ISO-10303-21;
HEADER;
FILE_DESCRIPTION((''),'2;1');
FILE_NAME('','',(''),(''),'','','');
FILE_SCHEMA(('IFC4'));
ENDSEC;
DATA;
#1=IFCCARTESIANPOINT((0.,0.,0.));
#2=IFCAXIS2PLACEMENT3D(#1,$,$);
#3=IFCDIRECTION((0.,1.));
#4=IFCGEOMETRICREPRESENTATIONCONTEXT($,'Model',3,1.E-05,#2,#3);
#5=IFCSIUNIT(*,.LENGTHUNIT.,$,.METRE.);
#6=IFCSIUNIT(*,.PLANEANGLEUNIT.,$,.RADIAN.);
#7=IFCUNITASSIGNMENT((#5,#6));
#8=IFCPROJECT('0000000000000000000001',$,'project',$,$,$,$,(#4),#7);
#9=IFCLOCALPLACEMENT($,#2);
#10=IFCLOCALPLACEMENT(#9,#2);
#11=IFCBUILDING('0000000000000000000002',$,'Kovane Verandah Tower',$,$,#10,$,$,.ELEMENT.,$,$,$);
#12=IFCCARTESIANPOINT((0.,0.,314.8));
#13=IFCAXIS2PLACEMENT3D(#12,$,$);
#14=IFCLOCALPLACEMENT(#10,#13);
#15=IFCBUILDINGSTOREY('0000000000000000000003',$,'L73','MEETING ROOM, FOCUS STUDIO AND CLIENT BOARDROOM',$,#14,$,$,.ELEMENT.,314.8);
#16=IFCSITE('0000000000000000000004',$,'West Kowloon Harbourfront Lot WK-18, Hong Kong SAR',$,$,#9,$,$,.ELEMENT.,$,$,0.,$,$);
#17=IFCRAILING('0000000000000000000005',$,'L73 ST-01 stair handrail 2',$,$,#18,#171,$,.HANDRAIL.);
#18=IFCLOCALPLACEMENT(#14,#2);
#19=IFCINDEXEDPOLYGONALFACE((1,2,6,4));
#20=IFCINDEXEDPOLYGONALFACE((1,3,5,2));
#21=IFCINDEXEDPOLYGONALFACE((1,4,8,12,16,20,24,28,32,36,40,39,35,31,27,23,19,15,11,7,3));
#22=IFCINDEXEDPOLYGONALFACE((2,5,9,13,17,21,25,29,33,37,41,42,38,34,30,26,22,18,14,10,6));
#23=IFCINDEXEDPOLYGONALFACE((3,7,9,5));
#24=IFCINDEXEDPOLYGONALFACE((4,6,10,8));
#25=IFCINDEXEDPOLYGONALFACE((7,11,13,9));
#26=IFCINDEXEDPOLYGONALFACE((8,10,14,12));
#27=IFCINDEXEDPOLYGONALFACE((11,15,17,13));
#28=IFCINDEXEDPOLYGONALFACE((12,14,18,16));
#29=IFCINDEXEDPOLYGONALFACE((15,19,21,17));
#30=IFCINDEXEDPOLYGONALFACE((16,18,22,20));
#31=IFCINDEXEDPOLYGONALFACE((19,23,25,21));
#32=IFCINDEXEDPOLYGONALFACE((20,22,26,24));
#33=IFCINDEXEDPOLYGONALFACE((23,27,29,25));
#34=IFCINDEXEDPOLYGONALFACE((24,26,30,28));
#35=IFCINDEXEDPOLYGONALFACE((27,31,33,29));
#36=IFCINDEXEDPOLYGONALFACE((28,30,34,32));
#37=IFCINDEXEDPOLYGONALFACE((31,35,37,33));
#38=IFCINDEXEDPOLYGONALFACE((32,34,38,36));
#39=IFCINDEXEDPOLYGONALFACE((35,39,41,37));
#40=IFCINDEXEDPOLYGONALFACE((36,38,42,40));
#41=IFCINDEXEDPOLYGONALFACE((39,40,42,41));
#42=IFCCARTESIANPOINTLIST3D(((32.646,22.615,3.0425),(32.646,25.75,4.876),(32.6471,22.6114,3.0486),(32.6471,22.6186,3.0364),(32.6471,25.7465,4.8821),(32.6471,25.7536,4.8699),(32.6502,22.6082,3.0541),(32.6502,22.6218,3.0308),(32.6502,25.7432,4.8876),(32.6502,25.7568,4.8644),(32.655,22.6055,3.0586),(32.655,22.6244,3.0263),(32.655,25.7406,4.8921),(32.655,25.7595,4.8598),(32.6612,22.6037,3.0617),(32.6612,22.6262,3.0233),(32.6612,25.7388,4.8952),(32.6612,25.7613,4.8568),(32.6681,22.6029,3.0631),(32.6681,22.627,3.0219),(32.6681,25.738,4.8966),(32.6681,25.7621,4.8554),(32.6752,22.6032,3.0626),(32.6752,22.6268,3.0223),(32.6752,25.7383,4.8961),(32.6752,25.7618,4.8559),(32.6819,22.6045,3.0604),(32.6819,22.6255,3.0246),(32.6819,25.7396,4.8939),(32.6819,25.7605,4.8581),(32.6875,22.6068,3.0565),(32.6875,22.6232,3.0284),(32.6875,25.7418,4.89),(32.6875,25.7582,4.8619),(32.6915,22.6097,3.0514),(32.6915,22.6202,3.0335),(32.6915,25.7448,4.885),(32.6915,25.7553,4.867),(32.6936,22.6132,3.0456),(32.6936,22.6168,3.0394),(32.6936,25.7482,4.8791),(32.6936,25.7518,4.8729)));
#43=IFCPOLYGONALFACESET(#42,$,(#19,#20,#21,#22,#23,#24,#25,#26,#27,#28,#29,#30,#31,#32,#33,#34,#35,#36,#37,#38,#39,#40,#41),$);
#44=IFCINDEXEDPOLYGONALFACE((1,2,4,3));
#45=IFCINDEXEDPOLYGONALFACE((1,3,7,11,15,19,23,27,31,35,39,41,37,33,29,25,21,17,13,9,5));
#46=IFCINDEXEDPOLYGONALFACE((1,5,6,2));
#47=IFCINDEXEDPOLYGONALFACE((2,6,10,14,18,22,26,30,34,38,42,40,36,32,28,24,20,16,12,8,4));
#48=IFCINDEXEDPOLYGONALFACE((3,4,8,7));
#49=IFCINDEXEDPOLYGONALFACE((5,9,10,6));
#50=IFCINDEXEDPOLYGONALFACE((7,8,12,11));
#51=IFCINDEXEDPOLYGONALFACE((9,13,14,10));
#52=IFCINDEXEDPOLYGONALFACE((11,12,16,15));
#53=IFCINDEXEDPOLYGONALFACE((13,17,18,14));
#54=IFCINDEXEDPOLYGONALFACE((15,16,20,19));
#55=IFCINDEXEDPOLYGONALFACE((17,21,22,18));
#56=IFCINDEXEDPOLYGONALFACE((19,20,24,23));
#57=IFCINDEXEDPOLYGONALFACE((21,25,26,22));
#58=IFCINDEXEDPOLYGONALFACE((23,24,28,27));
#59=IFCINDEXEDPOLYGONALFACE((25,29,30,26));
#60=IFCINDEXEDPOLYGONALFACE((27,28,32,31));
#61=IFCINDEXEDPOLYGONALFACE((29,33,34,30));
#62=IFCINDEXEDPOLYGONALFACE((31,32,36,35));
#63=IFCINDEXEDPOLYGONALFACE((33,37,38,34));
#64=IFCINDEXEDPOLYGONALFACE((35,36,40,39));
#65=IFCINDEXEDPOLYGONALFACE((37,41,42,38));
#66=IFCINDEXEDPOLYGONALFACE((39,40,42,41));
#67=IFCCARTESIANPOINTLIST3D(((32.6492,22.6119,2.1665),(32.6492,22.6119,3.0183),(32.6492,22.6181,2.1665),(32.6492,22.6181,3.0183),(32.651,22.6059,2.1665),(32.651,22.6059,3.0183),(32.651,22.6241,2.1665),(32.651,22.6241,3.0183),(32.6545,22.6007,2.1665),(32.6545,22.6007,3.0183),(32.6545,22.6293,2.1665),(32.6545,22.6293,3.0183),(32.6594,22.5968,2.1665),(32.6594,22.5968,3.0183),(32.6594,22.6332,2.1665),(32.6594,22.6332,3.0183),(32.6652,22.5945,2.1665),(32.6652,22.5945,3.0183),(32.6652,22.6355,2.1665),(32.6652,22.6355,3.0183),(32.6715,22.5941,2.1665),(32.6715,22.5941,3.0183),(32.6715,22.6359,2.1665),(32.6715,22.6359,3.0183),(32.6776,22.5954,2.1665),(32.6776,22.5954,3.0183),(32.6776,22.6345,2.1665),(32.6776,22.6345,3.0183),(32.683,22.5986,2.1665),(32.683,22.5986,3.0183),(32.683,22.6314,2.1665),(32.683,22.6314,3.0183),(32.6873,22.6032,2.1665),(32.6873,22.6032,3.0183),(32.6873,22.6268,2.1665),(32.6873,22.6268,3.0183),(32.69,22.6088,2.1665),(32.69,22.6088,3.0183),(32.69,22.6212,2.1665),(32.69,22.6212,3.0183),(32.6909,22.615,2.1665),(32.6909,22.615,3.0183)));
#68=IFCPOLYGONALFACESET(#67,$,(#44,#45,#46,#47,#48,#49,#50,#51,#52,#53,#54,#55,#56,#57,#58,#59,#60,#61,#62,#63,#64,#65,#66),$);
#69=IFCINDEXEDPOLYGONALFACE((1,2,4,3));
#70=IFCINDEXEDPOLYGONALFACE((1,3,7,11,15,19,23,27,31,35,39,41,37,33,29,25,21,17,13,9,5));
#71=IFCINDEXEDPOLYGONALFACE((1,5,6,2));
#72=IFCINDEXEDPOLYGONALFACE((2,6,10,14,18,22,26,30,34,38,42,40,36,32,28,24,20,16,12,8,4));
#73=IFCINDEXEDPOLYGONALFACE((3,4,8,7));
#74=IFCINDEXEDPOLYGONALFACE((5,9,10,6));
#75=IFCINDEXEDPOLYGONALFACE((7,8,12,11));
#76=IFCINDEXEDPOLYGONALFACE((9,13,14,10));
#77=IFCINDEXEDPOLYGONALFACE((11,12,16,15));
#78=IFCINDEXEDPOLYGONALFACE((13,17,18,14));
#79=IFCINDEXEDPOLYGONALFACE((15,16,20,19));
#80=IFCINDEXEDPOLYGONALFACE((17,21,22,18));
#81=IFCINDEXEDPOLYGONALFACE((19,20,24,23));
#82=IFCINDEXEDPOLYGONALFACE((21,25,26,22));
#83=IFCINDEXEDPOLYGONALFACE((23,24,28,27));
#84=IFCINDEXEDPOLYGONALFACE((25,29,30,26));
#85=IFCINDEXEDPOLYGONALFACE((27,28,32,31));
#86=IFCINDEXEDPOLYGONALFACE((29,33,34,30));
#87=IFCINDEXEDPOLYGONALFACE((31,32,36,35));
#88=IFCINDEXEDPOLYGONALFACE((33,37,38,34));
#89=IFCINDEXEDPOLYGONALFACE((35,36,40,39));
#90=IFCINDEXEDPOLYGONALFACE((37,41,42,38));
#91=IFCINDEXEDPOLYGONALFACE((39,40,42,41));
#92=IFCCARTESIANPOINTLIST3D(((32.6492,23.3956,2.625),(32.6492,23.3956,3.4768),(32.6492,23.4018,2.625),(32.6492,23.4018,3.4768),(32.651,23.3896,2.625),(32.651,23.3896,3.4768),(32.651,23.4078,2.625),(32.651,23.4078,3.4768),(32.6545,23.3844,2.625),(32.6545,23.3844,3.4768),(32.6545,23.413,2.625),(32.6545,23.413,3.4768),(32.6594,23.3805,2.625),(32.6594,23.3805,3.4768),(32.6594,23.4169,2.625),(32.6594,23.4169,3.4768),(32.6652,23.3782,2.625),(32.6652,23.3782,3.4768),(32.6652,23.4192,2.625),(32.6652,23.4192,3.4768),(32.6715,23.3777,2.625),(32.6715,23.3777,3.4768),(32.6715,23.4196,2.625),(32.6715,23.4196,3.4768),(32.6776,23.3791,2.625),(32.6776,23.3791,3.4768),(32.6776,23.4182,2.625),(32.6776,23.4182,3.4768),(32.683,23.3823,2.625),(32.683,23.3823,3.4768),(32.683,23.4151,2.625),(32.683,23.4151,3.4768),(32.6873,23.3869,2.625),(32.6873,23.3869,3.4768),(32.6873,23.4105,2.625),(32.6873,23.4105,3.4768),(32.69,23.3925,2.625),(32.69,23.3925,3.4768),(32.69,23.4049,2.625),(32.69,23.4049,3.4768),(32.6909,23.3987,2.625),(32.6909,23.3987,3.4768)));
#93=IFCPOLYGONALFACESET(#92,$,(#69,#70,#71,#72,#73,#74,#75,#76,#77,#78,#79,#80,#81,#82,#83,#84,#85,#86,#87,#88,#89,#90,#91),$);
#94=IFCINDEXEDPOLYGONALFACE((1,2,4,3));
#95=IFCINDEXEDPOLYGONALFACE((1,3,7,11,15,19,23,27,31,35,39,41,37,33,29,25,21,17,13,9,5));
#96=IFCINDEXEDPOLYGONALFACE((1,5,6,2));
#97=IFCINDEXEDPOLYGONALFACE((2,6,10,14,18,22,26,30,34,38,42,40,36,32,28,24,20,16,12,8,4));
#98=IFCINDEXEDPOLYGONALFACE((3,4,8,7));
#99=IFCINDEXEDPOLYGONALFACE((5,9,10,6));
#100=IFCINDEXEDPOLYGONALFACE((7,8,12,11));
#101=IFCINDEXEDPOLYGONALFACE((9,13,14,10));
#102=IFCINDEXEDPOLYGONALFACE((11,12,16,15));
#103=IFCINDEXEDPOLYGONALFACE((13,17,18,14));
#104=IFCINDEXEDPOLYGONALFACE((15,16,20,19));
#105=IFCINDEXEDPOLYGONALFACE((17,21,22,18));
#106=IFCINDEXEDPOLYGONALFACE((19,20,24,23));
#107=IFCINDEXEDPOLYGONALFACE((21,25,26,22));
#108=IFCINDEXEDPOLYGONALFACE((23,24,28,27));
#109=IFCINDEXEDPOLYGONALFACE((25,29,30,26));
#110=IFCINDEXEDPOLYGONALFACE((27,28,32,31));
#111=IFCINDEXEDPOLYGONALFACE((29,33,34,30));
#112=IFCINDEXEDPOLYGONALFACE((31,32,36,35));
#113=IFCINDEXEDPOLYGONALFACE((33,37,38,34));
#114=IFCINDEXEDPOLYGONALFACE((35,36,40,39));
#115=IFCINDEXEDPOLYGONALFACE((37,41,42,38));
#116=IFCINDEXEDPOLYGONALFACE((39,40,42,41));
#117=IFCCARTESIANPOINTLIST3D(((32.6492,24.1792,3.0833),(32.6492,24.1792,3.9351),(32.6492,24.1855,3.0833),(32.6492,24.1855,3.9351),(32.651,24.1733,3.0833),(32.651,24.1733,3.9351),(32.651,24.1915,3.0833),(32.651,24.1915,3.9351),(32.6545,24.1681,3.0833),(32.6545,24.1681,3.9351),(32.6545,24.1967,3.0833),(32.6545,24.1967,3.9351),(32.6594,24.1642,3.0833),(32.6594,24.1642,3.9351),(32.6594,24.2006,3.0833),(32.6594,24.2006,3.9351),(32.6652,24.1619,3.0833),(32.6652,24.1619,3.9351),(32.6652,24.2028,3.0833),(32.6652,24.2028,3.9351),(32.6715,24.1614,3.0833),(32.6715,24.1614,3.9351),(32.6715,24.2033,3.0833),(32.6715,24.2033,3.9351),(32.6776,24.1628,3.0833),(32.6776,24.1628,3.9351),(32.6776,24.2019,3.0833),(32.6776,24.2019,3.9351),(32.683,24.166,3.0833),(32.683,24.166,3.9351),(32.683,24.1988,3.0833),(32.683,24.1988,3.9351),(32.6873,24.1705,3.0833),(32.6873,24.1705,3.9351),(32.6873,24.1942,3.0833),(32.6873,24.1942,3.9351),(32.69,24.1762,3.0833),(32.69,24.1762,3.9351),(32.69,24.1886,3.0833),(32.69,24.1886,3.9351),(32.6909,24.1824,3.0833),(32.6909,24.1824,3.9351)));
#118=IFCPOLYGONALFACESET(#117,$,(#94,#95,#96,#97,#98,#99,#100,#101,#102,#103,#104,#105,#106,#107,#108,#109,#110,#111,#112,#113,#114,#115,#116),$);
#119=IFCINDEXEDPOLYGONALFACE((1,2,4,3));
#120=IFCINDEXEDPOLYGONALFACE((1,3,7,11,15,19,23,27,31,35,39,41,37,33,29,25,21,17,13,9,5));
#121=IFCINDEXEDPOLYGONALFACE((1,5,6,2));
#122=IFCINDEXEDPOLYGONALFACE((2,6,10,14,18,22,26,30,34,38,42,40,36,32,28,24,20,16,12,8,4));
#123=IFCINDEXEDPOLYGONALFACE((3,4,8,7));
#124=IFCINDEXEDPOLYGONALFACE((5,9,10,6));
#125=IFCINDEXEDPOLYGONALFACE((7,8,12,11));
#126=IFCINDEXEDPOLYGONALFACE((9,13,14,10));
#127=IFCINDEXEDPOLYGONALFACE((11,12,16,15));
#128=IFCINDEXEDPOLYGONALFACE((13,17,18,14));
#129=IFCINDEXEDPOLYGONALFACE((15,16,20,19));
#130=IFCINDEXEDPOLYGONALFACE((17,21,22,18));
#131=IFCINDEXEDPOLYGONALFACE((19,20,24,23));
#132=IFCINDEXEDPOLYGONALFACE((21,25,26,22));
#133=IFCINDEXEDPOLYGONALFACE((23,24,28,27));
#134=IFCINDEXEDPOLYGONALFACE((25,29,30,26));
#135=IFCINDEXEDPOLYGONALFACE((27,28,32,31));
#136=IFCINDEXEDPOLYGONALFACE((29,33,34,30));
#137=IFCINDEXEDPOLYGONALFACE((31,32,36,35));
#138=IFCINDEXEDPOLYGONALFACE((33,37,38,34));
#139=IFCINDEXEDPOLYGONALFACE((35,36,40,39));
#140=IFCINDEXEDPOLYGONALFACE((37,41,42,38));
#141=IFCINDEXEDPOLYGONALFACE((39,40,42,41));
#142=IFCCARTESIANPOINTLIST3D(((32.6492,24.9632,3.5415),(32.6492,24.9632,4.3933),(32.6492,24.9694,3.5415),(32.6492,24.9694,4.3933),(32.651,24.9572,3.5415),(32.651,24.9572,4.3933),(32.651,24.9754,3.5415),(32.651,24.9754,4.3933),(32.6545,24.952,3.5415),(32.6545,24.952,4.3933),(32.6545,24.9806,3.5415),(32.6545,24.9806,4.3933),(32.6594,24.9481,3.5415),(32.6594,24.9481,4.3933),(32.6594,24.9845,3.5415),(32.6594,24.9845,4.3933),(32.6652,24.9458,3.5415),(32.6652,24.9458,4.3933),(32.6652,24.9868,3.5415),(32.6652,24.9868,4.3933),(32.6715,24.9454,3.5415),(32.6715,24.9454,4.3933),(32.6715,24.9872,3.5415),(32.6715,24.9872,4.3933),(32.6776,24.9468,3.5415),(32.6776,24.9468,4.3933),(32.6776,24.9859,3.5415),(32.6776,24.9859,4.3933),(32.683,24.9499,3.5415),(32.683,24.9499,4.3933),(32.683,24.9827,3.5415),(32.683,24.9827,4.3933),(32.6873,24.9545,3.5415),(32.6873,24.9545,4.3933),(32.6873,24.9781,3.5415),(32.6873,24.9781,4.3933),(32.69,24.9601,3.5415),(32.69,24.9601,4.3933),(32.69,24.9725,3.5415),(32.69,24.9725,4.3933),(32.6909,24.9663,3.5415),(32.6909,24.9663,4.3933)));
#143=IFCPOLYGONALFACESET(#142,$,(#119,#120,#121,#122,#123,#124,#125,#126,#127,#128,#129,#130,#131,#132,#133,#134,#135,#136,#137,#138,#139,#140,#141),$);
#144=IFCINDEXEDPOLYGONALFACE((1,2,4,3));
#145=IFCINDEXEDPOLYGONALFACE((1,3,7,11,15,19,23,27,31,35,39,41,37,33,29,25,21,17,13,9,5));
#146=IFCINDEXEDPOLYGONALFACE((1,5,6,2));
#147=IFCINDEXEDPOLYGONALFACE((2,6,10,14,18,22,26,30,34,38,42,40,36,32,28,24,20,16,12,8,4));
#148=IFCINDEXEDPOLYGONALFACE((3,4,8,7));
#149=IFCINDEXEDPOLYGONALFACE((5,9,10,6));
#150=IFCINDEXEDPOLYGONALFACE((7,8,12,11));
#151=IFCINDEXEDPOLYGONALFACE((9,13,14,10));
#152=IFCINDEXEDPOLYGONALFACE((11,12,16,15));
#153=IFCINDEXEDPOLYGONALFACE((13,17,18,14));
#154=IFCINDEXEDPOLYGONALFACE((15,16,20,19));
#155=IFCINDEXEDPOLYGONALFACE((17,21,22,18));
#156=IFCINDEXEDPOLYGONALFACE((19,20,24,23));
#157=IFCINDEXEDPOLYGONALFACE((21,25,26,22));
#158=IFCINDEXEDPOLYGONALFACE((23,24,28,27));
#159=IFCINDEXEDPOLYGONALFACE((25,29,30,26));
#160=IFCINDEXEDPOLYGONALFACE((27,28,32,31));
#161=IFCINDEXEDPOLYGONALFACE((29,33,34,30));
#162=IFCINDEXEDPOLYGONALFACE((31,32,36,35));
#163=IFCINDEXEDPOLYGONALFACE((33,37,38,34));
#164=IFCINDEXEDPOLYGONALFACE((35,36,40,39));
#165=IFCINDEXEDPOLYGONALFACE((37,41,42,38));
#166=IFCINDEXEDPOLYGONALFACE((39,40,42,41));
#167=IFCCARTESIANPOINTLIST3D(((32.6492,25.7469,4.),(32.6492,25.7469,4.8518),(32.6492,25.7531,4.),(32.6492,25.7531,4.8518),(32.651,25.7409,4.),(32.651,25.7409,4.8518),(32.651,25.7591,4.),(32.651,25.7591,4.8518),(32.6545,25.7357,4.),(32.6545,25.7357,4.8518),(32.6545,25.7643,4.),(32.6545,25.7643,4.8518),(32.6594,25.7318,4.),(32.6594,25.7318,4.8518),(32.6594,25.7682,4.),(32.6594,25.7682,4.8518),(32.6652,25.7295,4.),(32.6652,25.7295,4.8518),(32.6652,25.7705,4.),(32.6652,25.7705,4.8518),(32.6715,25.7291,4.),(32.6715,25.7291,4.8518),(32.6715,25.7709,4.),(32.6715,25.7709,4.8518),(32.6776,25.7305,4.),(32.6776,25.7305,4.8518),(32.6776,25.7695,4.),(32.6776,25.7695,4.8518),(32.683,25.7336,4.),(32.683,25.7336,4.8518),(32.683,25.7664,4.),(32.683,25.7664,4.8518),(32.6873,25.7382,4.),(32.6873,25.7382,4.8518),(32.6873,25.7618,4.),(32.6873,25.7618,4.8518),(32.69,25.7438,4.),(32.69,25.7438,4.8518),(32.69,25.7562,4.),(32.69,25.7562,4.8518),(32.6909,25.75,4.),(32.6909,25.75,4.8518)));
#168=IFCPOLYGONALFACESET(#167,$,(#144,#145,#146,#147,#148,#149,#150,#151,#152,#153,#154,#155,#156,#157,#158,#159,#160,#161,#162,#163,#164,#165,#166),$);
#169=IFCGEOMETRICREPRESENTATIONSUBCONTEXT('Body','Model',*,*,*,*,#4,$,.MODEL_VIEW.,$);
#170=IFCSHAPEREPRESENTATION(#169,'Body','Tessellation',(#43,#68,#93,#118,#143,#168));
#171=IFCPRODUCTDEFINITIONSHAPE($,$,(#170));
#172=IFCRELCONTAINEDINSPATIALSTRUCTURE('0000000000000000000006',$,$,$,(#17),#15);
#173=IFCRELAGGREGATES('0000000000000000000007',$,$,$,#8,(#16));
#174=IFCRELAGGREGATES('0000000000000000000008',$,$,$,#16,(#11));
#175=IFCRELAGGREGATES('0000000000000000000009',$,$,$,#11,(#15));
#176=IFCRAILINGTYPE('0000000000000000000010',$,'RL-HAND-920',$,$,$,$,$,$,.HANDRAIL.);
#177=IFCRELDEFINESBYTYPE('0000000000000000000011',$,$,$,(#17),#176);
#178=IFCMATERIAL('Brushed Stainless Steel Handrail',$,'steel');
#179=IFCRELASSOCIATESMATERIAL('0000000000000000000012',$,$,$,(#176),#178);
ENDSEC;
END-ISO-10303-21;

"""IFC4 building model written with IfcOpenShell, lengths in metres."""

from ifc_helpers import new_model, si_unit, direction, frame, origin, origin_2d, place, context, subcontext, project, spatial, circle, extrude, material, type_object, element, save


model = new_model("IFC4")

# Units and contexts
model_context = context("Model", 3, precision=1e-05, world=origin(), true_north=direction((0.0, 1.0)))
body_context = subcontext(model_context, "Body", "Model", "MODEL_VIEW")
ifc_project = project(units=[si_unit("LENGTHUNIT", "METRE"), si_unit("PLANEANGLEUNIT", "RADIAN")], contexts=[model_context])

# Site, building, storey
site_placement = place(None, origin())
site = spatial("IfcSite", under=ifc_project, at=site_placement, Name="West Kowloon Harbourfront Lot WK-18, Hong Kong SAR", CompositionType="ELEMENT", RefElevation=0.0)
building_placement = place(site_placement, origin())
building = spatial("IfcBuilding", under=site, at=building_placement, Name="Kovane Verandah Tower", CompositionType="ELEMENT")
storey_placement = place(building_placement, frame((0.0, 0.0, 314.8)))
storey = spatial("IfcBuildingStorey", under=building, at=storey_placement, Name="L73", Description="MEETING ROOM, FOCUS STUDIO AND CLIENT BOARDROOM", CompositionType="ELEMENT", Elevation=314.8)

# Railing
ifc_material_1 = material(Name="Brushed Stainless Steel Handrail", Category="steel")
railing_type_1 = type_object("IfcRailingType", Name="RL-HAND-920", PredefinedType="HANDRAIL", material=ifc_material_1)
railing_1_placement = place(storey_placement, frame((32.6699, 22.615, 2.1665)))
element("IfcRailing", 1, at=railing_1_placement, inside=storey, type_object=railing_type_1, Name="L73 ST-01 stair handrail 2", PredefinedType="HANDRAIL", context=body_context, shape_type="SweptSolid", body=[
    extrude(circle(Radius=0.0239, at=origin_2d()), frame((0.0, 0.0, 0.876), z_axis=(0.0, 0.86321, 0.504845), x_axis=(-1.0, 0.0, 0.0)), (0.0, 0.0, 1.0), 3.6318),
    extrude(circle(Radius=0.021, at=origin_2d()), origin(), (0.0, 0.0, 1.0), 0.8518),
    extrude(circle(Radius=0.021, at=origin_2d()), frame((0.0, 0.7837, 0.4585)), (0.0, 0.0, 1.0), 0.8518),
    extrude(circle(Radius=0.021, at=origin_2d()), frame((0.0, 1.5674, 0.9167)), (0.0, 0.0, 1.0), 0.8518),
    extrude(circle(Radius=0.021, at=origin_2d()), frame((0.0, 2.3513, 1.375)), (0.0, 0.0, 1.0), 0.8518),
    extrude(circle(Radius=0.021, at=origin_2d()), frame((0.0, 3.135, 1.8335)), (0.0, 0.0, 1.0), 0.8518),
])

save(model, "model.ifc")
